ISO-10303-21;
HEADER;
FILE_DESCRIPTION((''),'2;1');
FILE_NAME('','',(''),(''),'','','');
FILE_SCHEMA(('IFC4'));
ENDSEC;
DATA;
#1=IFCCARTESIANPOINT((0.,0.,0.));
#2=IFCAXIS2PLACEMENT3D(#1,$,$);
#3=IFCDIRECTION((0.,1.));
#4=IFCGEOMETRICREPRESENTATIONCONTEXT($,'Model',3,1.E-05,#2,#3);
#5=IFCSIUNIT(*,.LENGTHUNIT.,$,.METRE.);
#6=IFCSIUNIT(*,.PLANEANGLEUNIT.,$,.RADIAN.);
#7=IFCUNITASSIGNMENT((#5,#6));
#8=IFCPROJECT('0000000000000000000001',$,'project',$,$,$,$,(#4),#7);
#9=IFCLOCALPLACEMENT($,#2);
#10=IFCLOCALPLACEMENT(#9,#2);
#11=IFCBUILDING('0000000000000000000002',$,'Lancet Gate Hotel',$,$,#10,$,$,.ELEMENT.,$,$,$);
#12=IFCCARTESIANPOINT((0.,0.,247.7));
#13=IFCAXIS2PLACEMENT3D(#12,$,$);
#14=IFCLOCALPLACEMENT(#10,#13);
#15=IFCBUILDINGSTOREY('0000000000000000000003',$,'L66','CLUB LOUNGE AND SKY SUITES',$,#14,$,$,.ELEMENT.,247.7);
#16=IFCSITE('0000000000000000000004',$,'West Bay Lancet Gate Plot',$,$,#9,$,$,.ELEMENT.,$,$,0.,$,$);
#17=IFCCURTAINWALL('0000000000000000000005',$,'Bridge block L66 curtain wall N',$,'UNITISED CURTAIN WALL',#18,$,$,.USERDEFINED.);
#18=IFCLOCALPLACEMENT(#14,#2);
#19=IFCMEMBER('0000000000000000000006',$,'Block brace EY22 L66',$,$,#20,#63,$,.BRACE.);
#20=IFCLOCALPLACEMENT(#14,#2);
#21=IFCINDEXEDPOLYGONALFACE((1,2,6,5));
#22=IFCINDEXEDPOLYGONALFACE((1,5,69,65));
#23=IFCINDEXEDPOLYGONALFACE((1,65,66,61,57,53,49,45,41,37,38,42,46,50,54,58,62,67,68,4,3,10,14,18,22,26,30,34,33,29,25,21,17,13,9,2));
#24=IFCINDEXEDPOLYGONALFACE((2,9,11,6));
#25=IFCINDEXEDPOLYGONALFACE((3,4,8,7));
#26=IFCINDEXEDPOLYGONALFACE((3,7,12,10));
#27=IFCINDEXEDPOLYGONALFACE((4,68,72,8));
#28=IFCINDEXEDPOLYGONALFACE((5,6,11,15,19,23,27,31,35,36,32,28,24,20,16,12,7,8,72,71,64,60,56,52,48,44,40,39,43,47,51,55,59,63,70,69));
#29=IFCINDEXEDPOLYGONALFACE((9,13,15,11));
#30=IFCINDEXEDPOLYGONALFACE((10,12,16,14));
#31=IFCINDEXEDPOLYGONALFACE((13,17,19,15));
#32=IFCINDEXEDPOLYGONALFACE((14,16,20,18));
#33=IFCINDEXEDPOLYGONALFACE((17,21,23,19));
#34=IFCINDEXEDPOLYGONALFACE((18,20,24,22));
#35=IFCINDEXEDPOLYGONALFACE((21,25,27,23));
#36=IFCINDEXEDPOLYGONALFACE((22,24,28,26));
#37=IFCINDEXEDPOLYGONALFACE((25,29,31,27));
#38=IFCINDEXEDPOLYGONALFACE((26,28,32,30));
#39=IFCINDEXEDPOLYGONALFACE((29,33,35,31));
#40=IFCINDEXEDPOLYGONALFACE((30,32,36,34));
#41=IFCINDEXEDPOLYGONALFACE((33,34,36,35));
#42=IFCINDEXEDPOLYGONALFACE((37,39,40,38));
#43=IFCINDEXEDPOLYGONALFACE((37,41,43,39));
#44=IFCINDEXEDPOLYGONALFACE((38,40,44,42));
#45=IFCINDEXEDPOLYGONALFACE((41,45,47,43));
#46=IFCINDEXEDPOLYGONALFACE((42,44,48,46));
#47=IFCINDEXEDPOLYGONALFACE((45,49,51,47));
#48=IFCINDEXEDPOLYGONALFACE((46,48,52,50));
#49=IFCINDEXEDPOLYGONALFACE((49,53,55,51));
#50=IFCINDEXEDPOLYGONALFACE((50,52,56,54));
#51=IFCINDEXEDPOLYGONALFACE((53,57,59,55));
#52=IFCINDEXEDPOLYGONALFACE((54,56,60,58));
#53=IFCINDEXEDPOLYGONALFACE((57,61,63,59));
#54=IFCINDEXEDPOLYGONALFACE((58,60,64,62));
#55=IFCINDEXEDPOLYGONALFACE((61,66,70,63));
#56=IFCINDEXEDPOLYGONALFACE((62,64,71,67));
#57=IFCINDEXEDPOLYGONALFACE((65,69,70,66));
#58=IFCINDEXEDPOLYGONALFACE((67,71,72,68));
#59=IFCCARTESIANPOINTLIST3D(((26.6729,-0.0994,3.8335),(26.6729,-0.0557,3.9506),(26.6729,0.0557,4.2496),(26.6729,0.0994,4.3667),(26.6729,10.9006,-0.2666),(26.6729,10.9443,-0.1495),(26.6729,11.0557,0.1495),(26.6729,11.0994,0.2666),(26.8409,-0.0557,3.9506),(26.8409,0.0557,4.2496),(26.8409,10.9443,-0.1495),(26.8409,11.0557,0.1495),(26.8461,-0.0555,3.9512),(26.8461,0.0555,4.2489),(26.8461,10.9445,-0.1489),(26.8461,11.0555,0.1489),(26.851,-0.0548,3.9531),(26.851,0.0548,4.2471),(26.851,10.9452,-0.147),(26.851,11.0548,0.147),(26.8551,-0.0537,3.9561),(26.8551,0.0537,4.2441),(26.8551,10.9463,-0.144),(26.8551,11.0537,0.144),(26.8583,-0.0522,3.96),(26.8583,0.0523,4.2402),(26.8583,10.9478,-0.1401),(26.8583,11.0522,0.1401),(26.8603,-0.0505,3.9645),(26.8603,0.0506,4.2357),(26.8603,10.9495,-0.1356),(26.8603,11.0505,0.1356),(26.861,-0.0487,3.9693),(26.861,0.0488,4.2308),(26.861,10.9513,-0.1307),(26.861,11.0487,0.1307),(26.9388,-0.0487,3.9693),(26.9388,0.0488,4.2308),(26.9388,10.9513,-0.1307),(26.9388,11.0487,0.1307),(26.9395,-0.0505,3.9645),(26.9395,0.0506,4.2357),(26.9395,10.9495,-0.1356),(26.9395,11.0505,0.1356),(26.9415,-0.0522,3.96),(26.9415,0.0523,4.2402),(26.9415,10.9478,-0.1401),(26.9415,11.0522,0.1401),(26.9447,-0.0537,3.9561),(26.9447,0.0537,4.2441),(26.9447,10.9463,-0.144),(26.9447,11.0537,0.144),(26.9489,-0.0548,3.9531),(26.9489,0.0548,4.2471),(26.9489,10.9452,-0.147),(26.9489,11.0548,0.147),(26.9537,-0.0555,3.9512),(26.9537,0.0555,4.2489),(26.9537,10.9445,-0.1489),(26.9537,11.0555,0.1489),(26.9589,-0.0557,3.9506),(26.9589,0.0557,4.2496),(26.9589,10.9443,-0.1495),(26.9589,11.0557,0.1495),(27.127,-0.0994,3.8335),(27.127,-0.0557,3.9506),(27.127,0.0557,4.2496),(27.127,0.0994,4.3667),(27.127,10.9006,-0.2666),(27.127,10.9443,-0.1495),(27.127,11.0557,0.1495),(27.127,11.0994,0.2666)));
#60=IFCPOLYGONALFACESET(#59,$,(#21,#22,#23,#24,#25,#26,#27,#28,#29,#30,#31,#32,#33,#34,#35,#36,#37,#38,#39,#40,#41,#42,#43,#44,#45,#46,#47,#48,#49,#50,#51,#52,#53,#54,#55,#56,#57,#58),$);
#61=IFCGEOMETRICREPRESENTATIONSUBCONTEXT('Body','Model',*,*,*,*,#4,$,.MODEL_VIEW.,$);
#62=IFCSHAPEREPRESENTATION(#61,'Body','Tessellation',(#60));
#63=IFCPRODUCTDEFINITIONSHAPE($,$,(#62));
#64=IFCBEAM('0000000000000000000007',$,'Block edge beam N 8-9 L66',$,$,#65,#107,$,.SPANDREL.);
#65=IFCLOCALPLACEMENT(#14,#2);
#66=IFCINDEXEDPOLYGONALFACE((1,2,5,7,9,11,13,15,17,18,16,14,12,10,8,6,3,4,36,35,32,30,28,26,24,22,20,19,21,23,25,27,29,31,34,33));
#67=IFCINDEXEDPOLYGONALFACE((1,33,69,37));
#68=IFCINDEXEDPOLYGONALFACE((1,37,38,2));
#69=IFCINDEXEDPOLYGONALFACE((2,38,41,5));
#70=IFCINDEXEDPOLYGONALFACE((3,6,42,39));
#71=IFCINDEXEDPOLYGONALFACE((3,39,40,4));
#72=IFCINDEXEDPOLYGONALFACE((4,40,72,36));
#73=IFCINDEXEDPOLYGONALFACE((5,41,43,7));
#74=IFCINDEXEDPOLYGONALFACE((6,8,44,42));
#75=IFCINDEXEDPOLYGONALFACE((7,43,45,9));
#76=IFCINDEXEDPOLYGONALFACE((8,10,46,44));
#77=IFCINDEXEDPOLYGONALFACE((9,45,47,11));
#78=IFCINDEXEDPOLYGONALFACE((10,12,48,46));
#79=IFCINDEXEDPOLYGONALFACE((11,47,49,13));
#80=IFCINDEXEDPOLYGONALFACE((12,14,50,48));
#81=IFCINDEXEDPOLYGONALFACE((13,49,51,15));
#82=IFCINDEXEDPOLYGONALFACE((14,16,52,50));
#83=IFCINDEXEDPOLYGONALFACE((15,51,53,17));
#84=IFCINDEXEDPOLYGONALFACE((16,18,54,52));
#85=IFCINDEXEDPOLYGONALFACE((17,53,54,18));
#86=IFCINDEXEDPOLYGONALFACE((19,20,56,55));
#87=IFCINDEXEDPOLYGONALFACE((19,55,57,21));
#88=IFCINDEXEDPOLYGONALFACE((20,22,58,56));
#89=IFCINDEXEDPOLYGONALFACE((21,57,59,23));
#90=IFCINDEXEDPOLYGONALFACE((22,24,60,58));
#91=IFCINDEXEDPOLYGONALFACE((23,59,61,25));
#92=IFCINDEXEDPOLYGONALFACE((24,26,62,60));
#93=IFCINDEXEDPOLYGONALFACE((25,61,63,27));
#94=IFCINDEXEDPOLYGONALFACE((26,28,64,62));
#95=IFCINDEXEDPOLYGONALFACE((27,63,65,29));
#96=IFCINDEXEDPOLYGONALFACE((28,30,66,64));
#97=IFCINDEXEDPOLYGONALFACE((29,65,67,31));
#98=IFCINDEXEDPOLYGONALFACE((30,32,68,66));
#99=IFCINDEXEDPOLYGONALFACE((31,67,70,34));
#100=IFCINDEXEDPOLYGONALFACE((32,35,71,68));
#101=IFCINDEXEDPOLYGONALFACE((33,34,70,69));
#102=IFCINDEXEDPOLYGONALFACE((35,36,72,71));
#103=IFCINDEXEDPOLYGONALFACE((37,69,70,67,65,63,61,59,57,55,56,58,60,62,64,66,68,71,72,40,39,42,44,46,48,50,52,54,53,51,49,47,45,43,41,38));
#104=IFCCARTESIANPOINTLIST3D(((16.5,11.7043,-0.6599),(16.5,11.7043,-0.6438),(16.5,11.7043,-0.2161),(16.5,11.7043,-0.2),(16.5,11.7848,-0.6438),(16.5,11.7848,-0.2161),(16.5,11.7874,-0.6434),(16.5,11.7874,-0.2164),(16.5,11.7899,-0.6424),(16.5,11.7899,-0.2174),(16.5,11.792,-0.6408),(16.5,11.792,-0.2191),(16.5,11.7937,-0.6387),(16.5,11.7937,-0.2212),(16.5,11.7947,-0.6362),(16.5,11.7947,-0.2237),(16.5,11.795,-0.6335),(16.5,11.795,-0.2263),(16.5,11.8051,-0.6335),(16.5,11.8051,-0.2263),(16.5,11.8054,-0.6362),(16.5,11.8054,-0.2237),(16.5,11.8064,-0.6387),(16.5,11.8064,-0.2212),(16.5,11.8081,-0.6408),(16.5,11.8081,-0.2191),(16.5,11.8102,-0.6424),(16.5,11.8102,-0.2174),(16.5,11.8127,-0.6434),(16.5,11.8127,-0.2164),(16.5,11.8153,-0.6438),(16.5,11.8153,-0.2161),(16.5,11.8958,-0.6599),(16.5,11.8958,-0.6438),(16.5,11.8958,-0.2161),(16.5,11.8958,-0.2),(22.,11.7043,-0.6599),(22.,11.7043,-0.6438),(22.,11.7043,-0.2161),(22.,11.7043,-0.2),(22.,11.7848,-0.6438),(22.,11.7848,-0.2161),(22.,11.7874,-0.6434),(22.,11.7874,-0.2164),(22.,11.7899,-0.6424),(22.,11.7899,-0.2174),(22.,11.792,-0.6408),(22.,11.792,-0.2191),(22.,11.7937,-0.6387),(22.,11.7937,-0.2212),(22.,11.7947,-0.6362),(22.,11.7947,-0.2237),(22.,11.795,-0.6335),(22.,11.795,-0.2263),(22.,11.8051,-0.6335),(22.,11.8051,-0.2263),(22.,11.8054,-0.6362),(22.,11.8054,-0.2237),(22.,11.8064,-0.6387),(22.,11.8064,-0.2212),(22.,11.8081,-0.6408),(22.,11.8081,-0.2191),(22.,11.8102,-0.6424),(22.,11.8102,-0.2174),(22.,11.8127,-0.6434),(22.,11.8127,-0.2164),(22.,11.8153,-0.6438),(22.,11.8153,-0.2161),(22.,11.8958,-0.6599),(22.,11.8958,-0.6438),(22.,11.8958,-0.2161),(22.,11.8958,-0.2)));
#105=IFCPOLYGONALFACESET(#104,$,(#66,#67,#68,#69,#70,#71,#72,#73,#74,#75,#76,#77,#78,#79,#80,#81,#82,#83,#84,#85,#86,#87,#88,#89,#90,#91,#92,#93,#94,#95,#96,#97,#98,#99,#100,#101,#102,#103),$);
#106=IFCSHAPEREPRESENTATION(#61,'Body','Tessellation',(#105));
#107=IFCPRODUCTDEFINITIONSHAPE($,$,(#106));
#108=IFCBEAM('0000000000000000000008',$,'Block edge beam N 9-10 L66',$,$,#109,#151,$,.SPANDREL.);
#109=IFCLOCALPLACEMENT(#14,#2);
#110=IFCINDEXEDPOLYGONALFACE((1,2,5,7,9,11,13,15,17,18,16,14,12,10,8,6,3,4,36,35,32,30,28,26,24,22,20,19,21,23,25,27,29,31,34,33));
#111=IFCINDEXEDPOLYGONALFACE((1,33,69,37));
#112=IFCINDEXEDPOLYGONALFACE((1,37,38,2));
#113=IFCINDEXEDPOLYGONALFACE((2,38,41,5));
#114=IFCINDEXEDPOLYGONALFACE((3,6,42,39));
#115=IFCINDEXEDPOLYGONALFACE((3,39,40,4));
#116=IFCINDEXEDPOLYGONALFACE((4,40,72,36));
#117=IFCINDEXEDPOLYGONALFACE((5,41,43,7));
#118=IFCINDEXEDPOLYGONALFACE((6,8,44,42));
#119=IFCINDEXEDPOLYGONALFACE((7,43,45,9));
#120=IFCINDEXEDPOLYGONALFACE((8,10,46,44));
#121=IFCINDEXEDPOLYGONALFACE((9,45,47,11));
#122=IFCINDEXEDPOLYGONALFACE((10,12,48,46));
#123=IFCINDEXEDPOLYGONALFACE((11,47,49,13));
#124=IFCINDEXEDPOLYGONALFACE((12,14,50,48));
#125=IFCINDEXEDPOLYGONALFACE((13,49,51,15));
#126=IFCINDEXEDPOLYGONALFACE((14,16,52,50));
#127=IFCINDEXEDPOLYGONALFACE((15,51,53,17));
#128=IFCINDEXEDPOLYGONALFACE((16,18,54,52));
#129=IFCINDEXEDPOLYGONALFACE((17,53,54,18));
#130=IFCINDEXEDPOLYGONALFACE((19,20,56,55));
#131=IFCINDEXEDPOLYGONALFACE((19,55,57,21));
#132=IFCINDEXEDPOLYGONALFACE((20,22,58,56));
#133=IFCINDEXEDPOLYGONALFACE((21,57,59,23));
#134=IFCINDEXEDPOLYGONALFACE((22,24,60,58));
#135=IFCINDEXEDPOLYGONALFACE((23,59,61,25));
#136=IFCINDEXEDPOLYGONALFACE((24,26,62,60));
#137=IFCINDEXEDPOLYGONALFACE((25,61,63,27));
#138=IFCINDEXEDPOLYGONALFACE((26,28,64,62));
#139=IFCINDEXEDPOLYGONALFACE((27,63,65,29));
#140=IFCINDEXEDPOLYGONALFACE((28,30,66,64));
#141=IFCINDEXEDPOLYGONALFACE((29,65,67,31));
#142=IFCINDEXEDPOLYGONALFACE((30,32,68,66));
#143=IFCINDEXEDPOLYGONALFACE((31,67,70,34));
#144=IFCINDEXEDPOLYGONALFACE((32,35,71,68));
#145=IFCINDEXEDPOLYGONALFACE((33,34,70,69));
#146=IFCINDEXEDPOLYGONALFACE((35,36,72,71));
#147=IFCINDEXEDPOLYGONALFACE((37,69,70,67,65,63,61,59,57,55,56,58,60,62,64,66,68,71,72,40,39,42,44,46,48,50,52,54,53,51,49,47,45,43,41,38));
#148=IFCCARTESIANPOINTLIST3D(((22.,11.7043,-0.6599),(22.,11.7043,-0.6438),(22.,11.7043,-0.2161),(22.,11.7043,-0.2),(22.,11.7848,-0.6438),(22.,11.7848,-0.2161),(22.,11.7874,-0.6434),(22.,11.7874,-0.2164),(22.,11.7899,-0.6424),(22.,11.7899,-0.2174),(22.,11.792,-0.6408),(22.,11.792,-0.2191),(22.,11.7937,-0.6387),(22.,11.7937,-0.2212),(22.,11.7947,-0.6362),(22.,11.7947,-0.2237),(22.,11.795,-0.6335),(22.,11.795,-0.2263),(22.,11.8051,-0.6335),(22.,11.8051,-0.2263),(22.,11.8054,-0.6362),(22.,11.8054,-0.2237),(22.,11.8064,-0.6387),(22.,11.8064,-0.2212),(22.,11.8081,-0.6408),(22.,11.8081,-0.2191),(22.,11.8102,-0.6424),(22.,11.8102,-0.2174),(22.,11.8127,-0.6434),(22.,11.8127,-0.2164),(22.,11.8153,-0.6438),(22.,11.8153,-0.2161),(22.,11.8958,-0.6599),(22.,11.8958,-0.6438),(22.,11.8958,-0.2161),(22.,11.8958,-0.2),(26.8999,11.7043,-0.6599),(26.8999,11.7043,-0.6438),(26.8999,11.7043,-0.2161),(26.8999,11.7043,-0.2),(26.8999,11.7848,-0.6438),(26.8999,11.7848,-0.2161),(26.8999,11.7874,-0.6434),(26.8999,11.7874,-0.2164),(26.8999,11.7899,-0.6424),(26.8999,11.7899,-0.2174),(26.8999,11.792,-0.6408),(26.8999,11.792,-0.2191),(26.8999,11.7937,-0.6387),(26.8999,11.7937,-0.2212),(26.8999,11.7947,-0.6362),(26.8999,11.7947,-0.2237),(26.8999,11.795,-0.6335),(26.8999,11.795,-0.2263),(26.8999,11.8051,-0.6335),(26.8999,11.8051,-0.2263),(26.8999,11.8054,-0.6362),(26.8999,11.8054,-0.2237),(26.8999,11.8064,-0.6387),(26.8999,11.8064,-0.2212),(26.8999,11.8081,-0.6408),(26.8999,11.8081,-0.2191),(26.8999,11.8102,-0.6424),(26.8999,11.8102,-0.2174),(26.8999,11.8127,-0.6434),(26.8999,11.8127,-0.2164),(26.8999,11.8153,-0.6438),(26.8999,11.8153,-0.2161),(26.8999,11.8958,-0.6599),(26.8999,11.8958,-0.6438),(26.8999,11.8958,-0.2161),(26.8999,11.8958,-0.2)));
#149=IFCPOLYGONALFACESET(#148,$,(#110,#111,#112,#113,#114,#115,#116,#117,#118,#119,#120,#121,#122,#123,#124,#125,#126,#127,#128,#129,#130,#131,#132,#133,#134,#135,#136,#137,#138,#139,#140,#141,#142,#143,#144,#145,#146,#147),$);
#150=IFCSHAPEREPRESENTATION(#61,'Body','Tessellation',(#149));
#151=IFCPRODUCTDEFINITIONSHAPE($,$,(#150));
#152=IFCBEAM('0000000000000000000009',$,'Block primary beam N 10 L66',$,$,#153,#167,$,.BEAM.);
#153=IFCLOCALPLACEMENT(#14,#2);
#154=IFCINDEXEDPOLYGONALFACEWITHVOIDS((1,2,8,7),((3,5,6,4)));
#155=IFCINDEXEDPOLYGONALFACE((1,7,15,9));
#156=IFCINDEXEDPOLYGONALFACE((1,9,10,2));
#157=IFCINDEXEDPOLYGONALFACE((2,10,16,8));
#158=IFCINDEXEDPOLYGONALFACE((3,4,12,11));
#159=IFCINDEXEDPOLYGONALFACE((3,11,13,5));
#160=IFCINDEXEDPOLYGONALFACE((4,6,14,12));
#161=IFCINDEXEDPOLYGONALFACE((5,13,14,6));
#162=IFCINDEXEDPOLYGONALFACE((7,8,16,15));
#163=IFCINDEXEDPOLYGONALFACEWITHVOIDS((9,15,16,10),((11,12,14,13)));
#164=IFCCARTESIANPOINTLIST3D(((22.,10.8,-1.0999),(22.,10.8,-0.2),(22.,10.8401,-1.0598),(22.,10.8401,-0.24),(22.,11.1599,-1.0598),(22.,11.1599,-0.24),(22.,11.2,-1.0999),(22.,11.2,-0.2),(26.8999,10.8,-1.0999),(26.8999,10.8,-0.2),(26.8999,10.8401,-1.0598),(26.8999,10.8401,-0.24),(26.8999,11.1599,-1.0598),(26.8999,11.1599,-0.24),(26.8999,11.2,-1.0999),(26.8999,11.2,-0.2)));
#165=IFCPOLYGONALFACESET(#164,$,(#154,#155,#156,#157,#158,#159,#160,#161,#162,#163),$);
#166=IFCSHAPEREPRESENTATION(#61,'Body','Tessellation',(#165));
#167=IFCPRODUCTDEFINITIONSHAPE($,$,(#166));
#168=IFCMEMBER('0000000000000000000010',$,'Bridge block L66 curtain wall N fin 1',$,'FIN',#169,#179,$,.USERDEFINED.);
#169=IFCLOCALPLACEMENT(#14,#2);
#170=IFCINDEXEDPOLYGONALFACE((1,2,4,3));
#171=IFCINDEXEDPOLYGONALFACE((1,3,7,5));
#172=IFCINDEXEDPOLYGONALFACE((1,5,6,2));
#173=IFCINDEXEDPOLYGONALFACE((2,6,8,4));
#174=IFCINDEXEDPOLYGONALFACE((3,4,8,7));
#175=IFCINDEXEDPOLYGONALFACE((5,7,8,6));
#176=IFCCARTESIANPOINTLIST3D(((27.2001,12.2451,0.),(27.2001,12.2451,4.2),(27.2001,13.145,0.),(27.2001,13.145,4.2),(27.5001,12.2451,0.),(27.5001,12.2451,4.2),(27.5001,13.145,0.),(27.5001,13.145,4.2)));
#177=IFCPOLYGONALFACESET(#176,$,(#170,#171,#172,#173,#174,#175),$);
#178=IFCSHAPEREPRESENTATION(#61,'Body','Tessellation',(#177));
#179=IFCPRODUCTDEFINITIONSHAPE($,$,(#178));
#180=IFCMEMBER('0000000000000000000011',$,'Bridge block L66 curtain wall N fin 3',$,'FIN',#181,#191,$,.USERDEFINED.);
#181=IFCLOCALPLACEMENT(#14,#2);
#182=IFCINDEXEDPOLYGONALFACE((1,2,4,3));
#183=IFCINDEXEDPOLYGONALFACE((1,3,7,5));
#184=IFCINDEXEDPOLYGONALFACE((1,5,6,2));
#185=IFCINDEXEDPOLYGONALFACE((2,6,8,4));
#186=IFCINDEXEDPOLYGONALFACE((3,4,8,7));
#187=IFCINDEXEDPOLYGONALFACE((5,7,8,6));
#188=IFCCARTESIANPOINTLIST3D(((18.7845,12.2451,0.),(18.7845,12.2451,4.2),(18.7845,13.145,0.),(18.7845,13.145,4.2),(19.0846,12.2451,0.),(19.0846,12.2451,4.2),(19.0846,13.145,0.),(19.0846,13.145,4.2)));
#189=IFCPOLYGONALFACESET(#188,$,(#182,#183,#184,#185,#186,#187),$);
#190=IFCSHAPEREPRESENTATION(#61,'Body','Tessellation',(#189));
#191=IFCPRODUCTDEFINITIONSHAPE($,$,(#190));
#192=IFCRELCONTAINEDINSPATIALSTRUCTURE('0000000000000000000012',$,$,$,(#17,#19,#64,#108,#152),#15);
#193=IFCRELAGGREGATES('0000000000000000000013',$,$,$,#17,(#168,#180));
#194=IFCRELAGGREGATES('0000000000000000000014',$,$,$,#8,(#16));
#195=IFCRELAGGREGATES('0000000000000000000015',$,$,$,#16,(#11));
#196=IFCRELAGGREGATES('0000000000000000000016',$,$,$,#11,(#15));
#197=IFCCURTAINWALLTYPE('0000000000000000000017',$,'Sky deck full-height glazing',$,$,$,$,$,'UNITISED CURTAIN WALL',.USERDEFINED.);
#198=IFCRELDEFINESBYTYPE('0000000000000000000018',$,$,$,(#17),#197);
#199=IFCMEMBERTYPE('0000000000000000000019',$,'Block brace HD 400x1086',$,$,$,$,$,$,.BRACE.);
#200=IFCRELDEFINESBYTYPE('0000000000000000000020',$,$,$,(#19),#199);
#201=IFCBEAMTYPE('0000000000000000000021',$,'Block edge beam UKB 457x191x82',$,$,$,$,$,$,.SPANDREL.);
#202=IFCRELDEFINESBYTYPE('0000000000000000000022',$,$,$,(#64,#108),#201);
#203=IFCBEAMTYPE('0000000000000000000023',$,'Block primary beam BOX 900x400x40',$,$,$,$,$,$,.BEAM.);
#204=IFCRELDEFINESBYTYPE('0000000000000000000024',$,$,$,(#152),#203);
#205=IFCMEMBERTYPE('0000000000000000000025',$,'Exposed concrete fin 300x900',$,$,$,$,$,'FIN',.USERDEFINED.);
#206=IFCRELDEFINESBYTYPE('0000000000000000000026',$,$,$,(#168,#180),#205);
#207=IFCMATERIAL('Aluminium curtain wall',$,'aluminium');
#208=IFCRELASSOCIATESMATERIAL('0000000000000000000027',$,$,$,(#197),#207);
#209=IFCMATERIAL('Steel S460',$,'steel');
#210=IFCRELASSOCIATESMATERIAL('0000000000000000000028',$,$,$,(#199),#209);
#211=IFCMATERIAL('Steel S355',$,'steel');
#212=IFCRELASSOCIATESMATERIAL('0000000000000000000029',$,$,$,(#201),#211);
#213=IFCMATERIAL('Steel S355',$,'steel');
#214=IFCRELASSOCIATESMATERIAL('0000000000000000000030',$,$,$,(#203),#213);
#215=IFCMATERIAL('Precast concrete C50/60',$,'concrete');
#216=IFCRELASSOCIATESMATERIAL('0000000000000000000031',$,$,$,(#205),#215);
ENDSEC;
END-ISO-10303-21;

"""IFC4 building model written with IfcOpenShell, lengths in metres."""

from ifc_helpers import new_model, si_unit, direction, frame, origin, origin_2d, place, context, subcontext, project, spatial, rectangle, hollow_rectangle, i_section, extrude, material, material_profile, profile_set, type_object, element, aggregate, save


model = new_model("IFC4")

# Units and contexts
model_context = context("Model", 3, precision=1e-05, world=origin(), true_north=direction((0.0, 1.0)))
body_context = subcontext(model_context, "Body", "Model", "MODEL_VIEW")
ifc_project = project(units=[si_unit("LENGTHUNIT", "METRE"), si_unit("PLANEANGLEUNIT", "RADIAN")], contexts=[model_context])

# Site, building, storey
site_placement = place(None, origin())
site = spatial("IfcSite", under=ifc_project, at=site_placement, Name="West Bay Lancet Gate Plot", CompositionType="ELEMENT", RefElevation=0.0)
building_placement = place(site_placement, origin())
building = spatial("IfcBuilding", under=site, at=building_placement, Name="Lancet Gate Hotel", CompositionType="ELEMENT")
storey_placement = place(building_placement, frame((0.0, 0.0, 247.7)))
storey = spatial("IfcBuildingStorey", under=building, at=storey_placement, Name="L66", Description="CLUB LOUNGE AND SKY SUITES", CompositionType="ELEMENT", Elevation=247.7)

# Shared definitions
ifc_material_1 = material(Name="Aluminium curtain wall", Category="aluminium")
curtain_wall_type = type_object("IfcCurtainWallType", Name="Sky deck full-height glazing", ElementType="UNITISED CURTAIN WALL", PredefinedType="USERDEFINED", material=ifc_material_1)

# Curtain wall
curtain_wall_1_placement = place(storey_placement, origin())
curtain_wall_1 = element("IfcCurtainWall", 1, at=curtain_wall_1_placement, inside=storey, type_object=curtain_wall_type, Name="Bridge block L66 curtain wall N", ObjectType="UNITISED CURTAIN WALL", PredefinedType="USERDEFINED")

# Member
ifc_material_2 = material(Name="Steel S460", Category="steel")
ifc_material_profile_1 = material_profile(ifc_material_2, i_section(OverallWidth=0.4541, OverallDepth=0.5691, WebThickness=0.0779, FlangeThickness=0.125, FilletRadius=0.02, at=origin_2d()), Name="HD 400x1086")
ifc_profile_set_1 = profile_set([ifc_material_profile_1], Name="Steel S460")
member_type_1 = type_object("IfcMemberType", Name="Block brace HD 400x1086", PredefinedType="BRACE", material=ifc_profile_set_1)
member_1_placement = place(storey_placement, frame((26.8999, 11.0, 0.0), z_axis=(0.0, -0.937025, 0.349263), x_axis=(1.0, 0.0, 0.0)))
element("IfcMember", 2, at=member_1_placement, inside=storey, type_object=member_type_1, Name="Block brace EY22 L66", PredefinedType="BRACE", context=body_context, shape_type="SweptSolid", body=[
    extrude(i_section(OverallWidth=0.4541, OverallDepth=0.5691, WebThickness=0.0779, FlangeThickness=0.125, FilletRadius=0.02, at=origin_2d()), origin(), (0.0, 0.0, 1.0), 11.7393),
])

# Beams
ifc_material_3 = material(Name="Steel S355", Category="steel")
ifc_material_profile_2 = material_profile(ifc_material_3, i_section(OverallWidth=0.1914, OverallDepth=0.46, WebThickness=0.01, FlangeThickness=0.0161, FilletRadius=0.0103, at=origin_2d()), Name="UKB 457x191x82")
ifc_profile_set_2 = profile_set([ifc_material_profile_2], Name="Steel S355")
beam_type_1 = type_object("IfcBeamType", Name="Block edge beam UKB 457x191x82", PredefinedType="SPANDREL", material=ifc_profile_set_2)
beam_1_placement = place(storey_placement, frame((16.5, 11.8, -0.4299), z_axis=(1.0, 0.0, 0.0), x_axis=(0.0, 1.0, 0.0)))
element("IfcBeam", 3, at=beam_1_placement, inside=storey, type_object=beam_type_1, Name="Block edge beam N 8-9 L66", PredefinedType="SPANDREL", context=body_context, shape_type="SweptSolid", body=[
    extrude(i_section(OverallWidth=0.1914, OverallDepth=0.46, WebThickness=0.01, FlangeThickness=0.0161, FilletRadius=0.0103, at=origin_2d()), origin(), (0.0, 0.0, 1.0), 5.5),
])
beam_2_placement = place(storey_placement, frame((22.0, 11.8, -0.4299), z_axis=(1.0, 0.0, 0.0), x_axis=(0.0, 1.0, 0.0)))
element("IfcBeam", 4, at=beam_2_placement, inside=storey, type_object=beam_type_1, Name="Block edge beam N 9-10 L66", PredefinedType="SPANDREL", context=body_context, shape_type="SweptSolid", body=[
    extrude(i_section(OverallWidth=0.1914, OverallDepth=0.46, WebThickness=0.01, FlangeThickness=0.0161, FilletRadius=0.0103, at=origin_2d()), origin(), (0.0, 0.0, 1.0), 4.8999),
])
ifc_material_4 = material(Name="Steel S355", Category="steel")
ifc_material_profile_3 = material_profile(ifc_material_4, hollow_rectangle(XDim=0.3999, YDim=0.8999, WallThickness=0.04, at=origin_2d()), Name="BOX 900x400x40")
ifc_profile_set_3 = profile_set([ifc_material_profile_3], Name="Steel S355")
beam_type_2 = type_object("IfcBeamType", Name="Block primary beam BOX 900x400x40", PredefinedType="BEAM", material=ifc_profile_set_3)
beam_3_placement = place(storey_placement, frame((22.0, 11.0, -0.6499), z_axis=(1.0, 0.0, 0.0), x_axis=(0.0, 1.0, 0.0)))
element("IfcBeam", 5, at=beam_3_placement, inside=storey, type_object=beam_type_2, Name="Block primary beam N 10 L66", PredefinedType="BEAM", context=body_context, shape_type="SweptSolid", body=[
    extrude(hollow_rectangle(XDim=0.3999, YDim=0.8999, WallThickness=0.04, at=origin_2d()), origin(), (0.0, 0.0, 1.0), 4.8999),
])

# Members
ifc_material_5 = material(Name="Precast concrete C50/60", Category="concrete")
ifc_material_profile_4 = material_profile(ifc_material_5, rectangle(XDim=0.3, YDim=0.8999, at=origin_2d()), Name="FIN 300x900")
ifc_profile_set_4 = profile_set([ifc_material_profile_4], Name="Precast concrete C50/60")
member_type_2 = type_object("IfcMemberType", Name="Exposed concrete fin 300x900", ElementType="FIN", PredefinedType="USERDEFINED", material=ifc_profile_set_4)
member_2_placement = place(storey_placement, frame((27.3501, 12.6951, 0.0), z_axis=(0.0, 0.0, 1.0), x_axis=(-1.0, 0.0, 0.0)))
member_2 = element("IfcMember", 6, at=member_2_placement, type_object=member_type_2, Name="Bridge block L66 curtain wall N fin 1", ObjectType="FIN", PredefinedType="USERDEFINED", context=body_context, shape_type="SweptSolid", body=[
    extrude(rectangle(XDim=0.3, YDim=0.8999, at=origin_2d()), origin(), (0.0, 0.0, 1.0), 4.2),
])
member_3_placement = place(storey_placement, frame((18.9346, 12.6951, 0.0), z_axis=(0.0, 0.0, 1.0), x_axis=(-1.0, 0.0, 0.0)))
member_3 = element("IfcMember", 7, at=member_3_placement, type_object=member_type_2, Name="Bridge block L66 curtain wall N fin 3", ObjectType="FIN", PredefinedType="USERDEFINED", context=body_context, shape_type="SweptSolid", body=[
    extrude(rectangle(XDim=0.3, YDim=0.8999, at=origin_2d()), origin(), (0.0, 0.0, 1.0), 4.2),
])

aggregate(curtain_wall_1, [member_2, member_3])

save(model, "model.ifc")
